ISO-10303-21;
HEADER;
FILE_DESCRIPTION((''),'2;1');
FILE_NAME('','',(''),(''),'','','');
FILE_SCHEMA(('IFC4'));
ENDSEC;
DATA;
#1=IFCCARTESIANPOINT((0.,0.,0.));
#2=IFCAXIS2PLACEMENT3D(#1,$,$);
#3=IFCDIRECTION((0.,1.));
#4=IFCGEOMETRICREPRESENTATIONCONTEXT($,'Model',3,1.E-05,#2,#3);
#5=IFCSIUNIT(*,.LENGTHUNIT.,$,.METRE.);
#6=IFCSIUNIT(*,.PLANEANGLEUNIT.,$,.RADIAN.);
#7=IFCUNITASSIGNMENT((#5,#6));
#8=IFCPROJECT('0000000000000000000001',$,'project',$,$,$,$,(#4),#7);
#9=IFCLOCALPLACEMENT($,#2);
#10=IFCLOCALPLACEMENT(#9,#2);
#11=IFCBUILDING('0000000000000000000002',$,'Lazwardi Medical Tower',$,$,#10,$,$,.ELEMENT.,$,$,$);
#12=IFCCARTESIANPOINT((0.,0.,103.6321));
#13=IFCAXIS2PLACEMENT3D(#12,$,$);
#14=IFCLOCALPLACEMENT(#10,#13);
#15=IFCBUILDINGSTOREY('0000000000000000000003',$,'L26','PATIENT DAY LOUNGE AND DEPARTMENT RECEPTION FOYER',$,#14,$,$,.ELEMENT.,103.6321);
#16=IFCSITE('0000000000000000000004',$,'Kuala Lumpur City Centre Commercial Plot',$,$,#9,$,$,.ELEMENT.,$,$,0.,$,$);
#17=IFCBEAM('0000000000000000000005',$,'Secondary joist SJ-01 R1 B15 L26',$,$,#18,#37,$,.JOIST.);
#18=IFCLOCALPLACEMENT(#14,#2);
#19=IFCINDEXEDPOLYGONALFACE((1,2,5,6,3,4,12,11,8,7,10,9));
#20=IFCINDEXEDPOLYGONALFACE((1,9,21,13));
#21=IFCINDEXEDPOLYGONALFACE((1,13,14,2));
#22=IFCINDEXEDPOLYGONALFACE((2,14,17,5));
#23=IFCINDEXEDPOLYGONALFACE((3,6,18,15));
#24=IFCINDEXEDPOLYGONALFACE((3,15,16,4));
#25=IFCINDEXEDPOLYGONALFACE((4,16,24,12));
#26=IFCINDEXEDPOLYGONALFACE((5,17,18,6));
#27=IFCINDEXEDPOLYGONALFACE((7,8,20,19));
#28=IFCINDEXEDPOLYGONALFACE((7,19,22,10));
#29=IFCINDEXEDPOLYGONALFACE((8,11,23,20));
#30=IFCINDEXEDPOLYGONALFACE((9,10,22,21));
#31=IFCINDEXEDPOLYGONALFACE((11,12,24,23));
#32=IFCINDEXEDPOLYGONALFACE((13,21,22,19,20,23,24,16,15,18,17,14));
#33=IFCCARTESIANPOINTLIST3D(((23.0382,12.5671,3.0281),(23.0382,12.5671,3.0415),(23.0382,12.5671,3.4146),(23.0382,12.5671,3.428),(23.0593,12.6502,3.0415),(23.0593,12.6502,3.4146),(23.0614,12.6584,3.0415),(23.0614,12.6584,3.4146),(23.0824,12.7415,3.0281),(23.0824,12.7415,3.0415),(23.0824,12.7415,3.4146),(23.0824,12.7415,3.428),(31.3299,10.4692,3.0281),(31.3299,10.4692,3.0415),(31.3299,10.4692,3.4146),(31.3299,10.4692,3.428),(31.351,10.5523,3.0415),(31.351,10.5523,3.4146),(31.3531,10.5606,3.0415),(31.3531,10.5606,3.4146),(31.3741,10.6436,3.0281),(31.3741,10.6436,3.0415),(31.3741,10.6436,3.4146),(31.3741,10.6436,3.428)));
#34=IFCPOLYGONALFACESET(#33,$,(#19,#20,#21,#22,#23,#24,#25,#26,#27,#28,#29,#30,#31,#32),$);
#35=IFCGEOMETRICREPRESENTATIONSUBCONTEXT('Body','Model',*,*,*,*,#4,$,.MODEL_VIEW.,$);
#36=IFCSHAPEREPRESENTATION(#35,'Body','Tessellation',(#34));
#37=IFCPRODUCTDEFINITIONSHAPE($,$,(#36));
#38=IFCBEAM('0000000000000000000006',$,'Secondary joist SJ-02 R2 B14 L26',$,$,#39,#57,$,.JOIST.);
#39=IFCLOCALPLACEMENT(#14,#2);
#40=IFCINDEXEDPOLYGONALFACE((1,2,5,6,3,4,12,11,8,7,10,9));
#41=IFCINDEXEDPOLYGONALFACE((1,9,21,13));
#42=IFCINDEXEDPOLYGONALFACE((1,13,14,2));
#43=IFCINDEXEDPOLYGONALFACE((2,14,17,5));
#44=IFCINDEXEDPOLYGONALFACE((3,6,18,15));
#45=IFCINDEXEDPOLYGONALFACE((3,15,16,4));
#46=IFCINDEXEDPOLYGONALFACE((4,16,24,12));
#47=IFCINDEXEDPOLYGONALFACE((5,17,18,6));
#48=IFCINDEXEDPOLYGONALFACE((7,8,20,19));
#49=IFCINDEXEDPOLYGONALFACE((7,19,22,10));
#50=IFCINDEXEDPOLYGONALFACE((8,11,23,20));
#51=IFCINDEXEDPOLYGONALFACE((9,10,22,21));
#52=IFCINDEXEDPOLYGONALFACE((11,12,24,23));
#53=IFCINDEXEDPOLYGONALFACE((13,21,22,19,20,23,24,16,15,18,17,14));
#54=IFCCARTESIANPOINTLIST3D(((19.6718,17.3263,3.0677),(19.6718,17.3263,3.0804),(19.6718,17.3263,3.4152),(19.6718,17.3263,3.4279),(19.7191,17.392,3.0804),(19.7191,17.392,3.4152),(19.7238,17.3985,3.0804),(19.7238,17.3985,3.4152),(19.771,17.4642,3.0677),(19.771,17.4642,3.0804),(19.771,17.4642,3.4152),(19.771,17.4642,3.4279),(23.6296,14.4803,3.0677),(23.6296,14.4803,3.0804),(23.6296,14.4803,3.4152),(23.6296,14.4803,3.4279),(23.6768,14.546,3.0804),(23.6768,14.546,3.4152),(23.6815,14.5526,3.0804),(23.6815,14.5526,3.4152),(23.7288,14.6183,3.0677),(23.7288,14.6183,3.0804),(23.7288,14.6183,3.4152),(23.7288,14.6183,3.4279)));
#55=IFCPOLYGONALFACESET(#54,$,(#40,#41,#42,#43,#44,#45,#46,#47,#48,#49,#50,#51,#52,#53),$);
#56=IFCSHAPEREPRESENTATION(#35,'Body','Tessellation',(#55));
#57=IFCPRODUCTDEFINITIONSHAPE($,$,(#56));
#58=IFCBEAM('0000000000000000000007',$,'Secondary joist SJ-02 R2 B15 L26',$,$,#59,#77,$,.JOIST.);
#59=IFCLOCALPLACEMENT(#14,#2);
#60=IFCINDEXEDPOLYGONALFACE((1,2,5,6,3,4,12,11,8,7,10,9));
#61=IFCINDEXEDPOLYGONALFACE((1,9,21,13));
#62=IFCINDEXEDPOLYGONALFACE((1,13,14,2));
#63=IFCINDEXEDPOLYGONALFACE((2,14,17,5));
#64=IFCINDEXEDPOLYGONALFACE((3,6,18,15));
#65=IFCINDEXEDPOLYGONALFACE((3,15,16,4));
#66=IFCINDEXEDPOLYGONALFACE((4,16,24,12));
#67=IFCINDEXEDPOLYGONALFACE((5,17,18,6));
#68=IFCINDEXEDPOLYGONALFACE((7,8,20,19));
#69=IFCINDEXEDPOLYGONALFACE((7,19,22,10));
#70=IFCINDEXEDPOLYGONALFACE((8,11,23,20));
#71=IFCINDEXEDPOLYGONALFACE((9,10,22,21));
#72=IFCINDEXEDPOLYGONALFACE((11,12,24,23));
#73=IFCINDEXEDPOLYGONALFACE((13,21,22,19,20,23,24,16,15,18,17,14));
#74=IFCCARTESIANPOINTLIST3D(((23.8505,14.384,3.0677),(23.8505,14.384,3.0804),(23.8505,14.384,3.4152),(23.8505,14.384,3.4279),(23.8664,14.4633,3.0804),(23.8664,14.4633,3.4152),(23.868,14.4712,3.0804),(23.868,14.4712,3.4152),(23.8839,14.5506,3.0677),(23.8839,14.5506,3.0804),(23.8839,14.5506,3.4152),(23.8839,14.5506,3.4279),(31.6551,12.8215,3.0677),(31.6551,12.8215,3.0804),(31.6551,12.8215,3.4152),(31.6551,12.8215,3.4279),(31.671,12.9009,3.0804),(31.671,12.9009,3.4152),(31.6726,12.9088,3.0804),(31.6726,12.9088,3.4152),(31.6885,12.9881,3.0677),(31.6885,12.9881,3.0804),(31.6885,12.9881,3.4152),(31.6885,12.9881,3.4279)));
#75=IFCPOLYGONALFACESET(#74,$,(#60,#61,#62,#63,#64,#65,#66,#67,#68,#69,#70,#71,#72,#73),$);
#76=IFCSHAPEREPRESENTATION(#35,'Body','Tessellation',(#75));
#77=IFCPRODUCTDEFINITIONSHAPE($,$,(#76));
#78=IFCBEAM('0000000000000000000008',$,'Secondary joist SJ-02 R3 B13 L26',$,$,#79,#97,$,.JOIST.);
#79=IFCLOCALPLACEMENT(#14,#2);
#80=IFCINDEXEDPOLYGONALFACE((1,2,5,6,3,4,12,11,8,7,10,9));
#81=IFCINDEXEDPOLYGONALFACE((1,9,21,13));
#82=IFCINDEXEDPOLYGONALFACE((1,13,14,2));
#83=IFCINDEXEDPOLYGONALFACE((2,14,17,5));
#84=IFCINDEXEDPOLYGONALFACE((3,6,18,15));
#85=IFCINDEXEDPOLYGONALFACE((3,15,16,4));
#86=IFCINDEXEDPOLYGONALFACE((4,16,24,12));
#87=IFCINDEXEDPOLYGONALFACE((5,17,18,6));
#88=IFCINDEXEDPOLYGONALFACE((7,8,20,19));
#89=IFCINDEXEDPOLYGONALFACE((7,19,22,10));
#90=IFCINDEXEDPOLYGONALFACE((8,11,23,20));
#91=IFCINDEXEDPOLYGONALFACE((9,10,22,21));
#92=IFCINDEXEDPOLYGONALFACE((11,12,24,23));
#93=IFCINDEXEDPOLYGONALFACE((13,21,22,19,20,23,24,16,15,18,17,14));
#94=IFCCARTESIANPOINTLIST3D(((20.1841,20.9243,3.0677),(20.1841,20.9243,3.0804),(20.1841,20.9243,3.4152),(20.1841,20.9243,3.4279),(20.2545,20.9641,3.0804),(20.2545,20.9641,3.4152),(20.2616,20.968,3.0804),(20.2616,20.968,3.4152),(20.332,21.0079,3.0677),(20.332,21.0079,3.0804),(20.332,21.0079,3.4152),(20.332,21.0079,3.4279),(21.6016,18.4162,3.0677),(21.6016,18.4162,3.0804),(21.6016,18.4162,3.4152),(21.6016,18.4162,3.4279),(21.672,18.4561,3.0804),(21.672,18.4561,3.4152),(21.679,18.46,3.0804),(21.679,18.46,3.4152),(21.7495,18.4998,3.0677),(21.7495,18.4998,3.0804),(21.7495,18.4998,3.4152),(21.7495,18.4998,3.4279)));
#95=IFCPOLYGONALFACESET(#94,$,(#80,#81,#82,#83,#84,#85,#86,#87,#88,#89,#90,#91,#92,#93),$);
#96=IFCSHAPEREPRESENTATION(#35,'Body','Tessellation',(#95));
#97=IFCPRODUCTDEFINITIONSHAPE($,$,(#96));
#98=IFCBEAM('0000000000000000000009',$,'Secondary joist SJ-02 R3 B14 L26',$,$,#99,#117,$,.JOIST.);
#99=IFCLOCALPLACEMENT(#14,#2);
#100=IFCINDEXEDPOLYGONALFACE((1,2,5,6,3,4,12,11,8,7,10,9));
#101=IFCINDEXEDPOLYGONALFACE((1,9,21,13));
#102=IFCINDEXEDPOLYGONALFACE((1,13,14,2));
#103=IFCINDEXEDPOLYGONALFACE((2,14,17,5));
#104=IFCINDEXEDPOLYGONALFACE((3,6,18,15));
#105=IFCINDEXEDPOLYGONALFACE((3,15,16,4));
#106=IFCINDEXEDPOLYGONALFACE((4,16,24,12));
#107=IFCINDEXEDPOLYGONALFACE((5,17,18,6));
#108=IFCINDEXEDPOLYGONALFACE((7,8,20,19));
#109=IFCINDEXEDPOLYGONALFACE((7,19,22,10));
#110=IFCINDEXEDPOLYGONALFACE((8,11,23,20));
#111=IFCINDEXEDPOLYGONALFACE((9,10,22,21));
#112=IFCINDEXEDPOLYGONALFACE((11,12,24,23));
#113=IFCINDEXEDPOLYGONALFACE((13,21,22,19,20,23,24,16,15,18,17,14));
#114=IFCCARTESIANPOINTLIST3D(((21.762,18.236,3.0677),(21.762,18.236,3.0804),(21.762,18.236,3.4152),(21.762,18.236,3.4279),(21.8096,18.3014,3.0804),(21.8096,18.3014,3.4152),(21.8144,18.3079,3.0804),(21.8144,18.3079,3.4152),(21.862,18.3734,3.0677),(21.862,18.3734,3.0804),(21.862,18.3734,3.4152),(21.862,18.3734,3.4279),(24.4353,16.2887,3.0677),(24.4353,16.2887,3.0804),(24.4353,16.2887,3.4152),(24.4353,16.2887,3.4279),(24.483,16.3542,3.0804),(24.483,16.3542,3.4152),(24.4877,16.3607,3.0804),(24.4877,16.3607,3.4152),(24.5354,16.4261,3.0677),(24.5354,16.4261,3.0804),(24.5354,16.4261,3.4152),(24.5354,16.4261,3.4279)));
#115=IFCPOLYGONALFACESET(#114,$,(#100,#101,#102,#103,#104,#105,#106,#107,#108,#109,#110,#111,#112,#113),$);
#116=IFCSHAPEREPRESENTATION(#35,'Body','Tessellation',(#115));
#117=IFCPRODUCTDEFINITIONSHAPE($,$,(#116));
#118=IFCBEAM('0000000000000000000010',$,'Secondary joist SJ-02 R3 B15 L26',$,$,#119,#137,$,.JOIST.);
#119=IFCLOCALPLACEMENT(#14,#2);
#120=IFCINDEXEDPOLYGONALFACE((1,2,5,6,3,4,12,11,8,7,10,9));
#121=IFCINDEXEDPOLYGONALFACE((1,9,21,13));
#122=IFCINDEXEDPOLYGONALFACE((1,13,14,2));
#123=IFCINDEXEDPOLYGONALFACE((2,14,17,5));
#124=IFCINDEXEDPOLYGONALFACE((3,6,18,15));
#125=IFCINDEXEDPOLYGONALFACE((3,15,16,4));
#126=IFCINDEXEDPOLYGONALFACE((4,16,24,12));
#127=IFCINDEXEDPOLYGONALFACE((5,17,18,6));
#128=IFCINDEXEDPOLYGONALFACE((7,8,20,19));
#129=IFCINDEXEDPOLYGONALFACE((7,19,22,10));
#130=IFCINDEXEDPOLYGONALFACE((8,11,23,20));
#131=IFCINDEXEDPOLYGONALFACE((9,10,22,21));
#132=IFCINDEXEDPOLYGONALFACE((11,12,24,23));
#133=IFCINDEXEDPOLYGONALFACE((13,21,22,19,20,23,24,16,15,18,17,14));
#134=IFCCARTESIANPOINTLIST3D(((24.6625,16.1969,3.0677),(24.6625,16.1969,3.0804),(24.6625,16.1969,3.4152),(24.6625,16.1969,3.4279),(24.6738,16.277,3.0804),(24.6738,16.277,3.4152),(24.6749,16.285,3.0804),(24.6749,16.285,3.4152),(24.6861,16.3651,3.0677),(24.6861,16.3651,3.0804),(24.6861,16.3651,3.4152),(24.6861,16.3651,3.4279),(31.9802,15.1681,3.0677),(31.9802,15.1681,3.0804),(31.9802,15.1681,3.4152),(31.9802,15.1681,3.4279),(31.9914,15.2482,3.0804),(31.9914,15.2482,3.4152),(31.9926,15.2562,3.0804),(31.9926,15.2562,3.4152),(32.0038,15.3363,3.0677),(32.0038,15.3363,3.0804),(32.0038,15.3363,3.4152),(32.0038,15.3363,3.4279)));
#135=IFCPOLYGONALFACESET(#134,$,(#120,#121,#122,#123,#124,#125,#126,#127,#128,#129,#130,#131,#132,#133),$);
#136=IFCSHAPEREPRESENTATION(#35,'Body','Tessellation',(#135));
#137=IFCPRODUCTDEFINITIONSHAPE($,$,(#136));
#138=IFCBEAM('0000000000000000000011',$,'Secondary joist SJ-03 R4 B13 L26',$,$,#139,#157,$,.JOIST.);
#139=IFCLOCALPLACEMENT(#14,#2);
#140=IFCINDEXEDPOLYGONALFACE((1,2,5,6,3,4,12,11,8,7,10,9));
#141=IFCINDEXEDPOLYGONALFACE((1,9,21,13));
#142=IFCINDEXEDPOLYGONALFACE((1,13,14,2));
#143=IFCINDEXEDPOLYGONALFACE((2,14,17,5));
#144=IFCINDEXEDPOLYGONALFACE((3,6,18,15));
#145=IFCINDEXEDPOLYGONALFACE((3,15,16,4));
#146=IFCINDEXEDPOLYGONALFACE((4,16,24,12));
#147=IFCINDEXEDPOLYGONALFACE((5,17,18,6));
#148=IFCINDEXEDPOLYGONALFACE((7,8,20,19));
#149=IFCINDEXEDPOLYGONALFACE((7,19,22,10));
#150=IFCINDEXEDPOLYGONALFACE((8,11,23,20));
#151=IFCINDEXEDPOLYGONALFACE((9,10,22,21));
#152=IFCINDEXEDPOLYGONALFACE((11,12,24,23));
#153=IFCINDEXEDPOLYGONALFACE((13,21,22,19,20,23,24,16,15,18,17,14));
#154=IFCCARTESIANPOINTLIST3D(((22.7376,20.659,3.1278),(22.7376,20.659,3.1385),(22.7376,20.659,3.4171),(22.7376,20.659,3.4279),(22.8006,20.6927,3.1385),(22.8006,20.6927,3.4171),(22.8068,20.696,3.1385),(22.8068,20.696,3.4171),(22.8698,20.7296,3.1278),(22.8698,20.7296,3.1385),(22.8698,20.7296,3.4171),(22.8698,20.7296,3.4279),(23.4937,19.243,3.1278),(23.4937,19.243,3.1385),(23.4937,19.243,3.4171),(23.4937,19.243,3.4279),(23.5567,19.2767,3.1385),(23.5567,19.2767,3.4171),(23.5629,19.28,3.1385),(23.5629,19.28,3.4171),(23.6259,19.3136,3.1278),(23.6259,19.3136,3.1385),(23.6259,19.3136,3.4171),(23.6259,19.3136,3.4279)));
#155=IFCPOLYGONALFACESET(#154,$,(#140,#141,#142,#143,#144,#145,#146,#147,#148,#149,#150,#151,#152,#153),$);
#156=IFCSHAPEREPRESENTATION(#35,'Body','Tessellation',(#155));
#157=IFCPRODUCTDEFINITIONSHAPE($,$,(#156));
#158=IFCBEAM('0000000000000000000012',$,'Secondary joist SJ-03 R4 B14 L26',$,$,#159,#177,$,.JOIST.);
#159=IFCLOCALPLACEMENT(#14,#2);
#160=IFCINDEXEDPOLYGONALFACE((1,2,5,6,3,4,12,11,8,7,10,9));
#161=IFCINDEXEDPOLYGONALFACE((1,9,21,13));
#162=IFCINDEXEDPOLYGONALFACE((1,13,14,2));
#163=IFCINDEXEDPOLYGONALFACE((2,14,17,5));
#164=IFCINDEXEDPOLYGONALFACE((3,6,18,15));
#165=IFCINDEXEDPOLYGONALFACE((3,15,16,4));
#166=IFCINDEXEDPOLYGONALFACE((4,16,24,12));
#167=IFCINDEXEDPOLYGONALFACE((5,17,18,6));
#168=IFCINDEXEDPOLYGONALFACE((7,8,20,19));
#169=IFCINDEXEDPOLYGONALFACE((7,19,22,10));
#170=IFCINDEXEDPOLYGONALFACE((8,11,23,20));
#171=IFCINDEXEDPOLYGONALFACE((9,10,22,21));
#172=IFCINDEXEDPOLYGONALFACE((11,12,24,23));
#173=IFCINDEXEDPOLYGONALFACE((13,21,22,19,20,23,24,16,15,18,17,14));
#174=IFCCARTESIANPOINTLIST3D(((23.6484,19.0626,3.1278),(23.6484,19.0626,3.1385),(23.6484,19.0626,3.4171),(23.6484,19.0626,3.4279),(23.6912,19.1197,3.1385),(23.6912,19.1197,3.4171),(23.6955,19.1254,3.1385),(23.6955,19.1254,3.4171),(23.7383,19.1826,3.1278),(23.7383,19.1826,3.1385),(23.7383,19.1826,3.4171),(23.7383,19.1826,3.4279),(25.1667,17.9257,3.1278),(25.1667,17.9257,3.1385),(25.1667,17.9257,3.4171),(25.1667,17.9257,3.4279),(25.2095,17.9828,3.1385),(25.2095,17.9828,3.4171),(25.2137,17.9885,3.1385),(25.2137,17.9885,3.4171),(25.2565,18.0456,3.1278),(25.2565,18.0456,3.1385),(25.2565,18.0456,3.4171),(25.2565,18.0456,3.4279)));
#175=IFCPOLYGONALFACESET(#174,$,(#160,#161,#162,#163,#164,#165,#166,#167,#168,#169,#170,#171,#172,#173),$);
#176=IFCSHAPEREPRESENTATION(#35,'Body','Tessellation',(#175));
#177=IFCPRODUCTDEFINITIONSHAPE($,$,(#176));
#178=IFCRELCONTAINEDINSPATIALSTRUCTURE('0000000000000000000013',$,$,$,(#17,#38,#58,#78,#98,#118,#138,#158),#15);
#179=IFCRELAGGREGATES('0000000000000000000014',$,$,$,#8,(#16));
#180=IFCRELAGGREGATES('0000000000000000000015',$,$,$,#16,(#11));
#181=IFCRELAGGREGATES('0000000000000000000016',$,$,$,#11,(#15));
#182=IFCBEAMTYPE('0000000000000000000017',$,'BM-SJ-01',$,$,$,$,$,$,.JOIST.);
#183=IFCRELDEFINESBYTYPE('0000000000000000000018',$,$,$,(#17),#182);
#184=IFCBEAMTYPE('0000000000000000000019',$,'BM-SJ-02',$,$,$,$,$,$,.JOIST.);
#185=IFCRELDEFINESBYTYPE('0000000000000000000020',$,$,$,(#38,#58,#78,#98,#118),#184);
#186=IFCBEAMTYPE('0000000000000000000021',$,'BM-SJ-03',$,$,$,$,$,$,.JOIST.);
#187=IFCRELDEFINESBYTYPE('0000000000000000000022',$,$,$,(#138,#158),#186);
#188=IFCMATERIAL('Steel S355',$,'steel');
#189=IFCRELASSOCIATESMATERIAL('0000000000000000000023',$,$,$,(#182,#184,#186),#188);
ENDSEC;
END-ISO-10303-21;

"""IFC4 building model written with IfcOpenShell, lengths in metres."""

from ifc_helpers import new_model, si_unit, direction, frame, origin, origin_2d, place, context, subcontext, project, spatial, i_section, extrude, material, material_profile, profile_set, type_object, element, save


model = new_model("IFC4")

# Units and contexts
model_context = context("Model", 3, precision=1e-05, world=origin(), true_north=direction((0.0, 1.0)))
body_context = subcontext(model_context, "Body", "Model", "MODEL_VIEW")
ifc_project = project(units=[si_unit("LENGTHUNIT", "METRE"), si_unit("PLANEANGLEUNIT", "RADIAN")], contexts=[model_context])

# Site, building, storey
site_placement = place(None, origin())
site = spatial("IfcSite", under=ifc_project, at=site_placement, Name="Kuala Lumpur City Centre Commercial Plot", CompositionType="ELEMENT", RefElevation=0.0)
building_placement = place(site_placement, origin())
building = spatial("IfcBuilding", under=site, at=building_placement, Name="Lazwardi Medical Tower", CompositionType="ELEMENT")
storey_placement = place(building_placement, frame((0.0, 0.0, 103.6321)))
storey = spatial("IfcBuildingStorey", under=building, at=storey_placement, Name="L26", Description="PATIENT DAY LOUNGE AND DEPARTMENT RECEPTION FOYER", CompositionType="ELEMENT", Elevation=103.6321)

# Beams
ifc_material_1 = material(Name="Steel S355", Category="steel")
ifc_material_profile_1 = material_profile(ifc_material_1, i_section(OverallWidth=0.1799, OverallDepth=0.3999, WebThickness=0.0085, FlangeThickness=0.0134, at=origin_2d()), Name="IPE 400")
ifc_profile_set_1 = profile_set([ifc_material_profile_1], Name="Steel S355")
beam_type_1 = type_object("IfcBeamType", Name="BM-SJ-01", PredefinedType="JOIST", material=ifc_profile_set_1)
beam_1_placement = place(storey_placement, frame((23.0603, 12.6543, 3.228), z_axis=(0.969452, -0.245282, 0.0), x_axis=(0.245282, 0.969452, 0.0)))
element("IfcBeam", 1, at=beam_1_placement, inside=storey, type_object=beam_type_1, Name="Secondary joist SJ-01 R1 B15 L26", PredefinedType="JOIST", context=body_context, shape_type="SweptSolid", body=[
    extrude(i_section(OverallWidth=0.1799, OverallDepth=0.3999, WebThickness=0.0085, FlangeThickness=0.0134, at=origin_2d()), origin(), (0.0, 0.0, 1.0), 8.553),
])
ifc_material_profile_2 = material_profile(ifc_material_1, i_section(OverallWidth=0.1699, OverallDepth=0.3601, WebThickness=0.0081, FlangeThickness=0.0127, at=origin_2d()), Name="IPE 360")
ifc_profile_set_2 = profile_set([ifc_material_profile_2], Name="Steel S355")
beam_type_2 = type_object("IfcBeamType", Name="BM-SJ-02", PredefinedType="JOIST", material=ifc_profile_set_2)
beam_2_placement = place(storey_placement, frame((19.7214, 17.3953, 3.2478), z_axis=(0.811889, -0.583813, 0.0), x_axis=(0.583813, 0.811889, 0.0)))
element("IfcBeam", 2, at=beam_2_placement, inside=storey, type_object=beam_type_2, Name="Secondary joist SJ-02 R2 B14 L26", PredefinedType="JOIST", context=body_context, shape_type="SweptSolid", body=[
    extrude(i_section(OverallWidth=0.1699, OverallDepth=0.3601, WebThickness=0.0081, FlangeThickness=0.0127, at=origin_2d()), origin(), (0.0, 0.0, 1.0), 4.8748),
])
beam_3_placement = place(storey_placement, frame((23.8672, 14.4673, 3.2478), z_axis=(0.980543, -0.196305, 0.0), x_axis=(0.196305, 0.980543, 0.0)))
element("IfcBeam", 3, at=beam_3_placement, inside=storey, type_object=beam_type_2, Name="Secondary joist SJ-02 R2 B15 L26", PredefinedType="JOIST", context=body_context, shape_type="SweptSolid", body=[
    extrude(i_section(OverallWidth=0.1699, OverallDepth=0.3601, WebThickness=0.0081, FlangeThickness=0.0127, at=origin_2d()), origin(), (0.0, 0.0, 1.0), 7.9595),
])
beam_4_placement = place(storey_placement, frame((20.2581, 20.9661, 3.2478), z_axis=(0.492027, -0.87058, 0.0), x_axis=(0.87058, 0.492027, 0.0)))
element("IfcBeam", 4, at=beam_4_placement, inside=storey, type_object=beam_type_2, Name="Secondary joist SJ-02 R3 B13 L26", PredefinedType="JOIST", context=body_context, shape_type="SweptSolid", body=[
    extrude(i_section(OverallWidth=0.1699, OverallDepth=0.3601, WebThickness=0.0081, FlangeThickness=0.0127, at=origin_2d()), origin(), (0.0, 0.0, 1.0), 2.8809),
])
beam_5_placement = place(storey_placement, frame((21.812, 18.3047, 3.2478), z_axis=(0.808302, -0.588768, 0.0), x_axis=(0.588768, 0.808302, 0.0)))
element("IfcBeam", 5, at=beam_5_placement, inside=storey, type_object=beam_type_2, Name="Secondary joist SJ-02 R3 B14 L26", PredefinedType="JOIST", context=body_context, shape_type="SweptSolid", body=[
    extrude(i_section(OverallWidth=0.1699, OverallDepth=0.3601, WebThickness=0.0081, FlangeThickness=0.0127, at=origin_2d()), origin(), (0.0, 0.0, 1.0), 3.3074),
])
beam_6_placement = place(storey_placement, frame((24.6743, 16.281, 3.2478), z_axis=(0.990261, -0.139224, 0.0), x_axis=(0.139224, 0.990261, 0.0)))
element("IfcBeam", 6, at=beam_6_placement, inside=storey, type_object=beam_type_2, Name="Secondary joist SJ-02 R3 B15 L26", PredefinedType="JOIST", context=body_context, shape_type="SweptSolid", body=[
    extrude(i_section(OverallWidth=0.1699, OverallDepth=0.3601, WebThickness=0.0081, FlangeThickness=0.0127, at=origin_2d()), origin(), (0.0, 0.0, 1.0), 7.3896),
])
ifc_material_profile_3 = material_profile(ifc_material_1, i_section(OverallWidth=0.1499, OverallDepth=0.3, WebThickness=0.0071, FlangeThickness=0.0107, at=origin_2d()), Name="IPE 300")
ifc_profile_set_3 = profile_set([ifc_material_profile_3], Name="Steel S355")
beam_type_3 = type_object("IfcBeamType", Name="BM-SJ-03", PredefinedType="JOIST", material=ifc_profile_set_3)
beam_7_placement = place(storey_placement, frame((22.8037, 20.6943, 3.2778), z_axis=(0.471022, -0.882121, 0.0), x_axis=(0.882121, 0.471022, 0.0)))
element("IfcBeam", 7, at=beam_7_placement, inside=storey, type_object=beam_type_3, Name="Secondary joist SJ-03 R4 B13 L26", PredefinedType="JOIST", context=body_context, shape_type="SweptSolid", body=[
    extrude(i_section(OverallWidth=0.1499, OverallDepth=0.3, WebThickness=0.0071, FlangeThickness=0.0107, at=origin_2d()), origin(), (0.0, 0.0, 1.0), 1.6052),
])
beam_8_placement = place(storey_placement, frame((23.6934, 19.1226, 3.2778), z_axis=(0.800448, -0.599403, 0.0), x_axis=(0.599403, 0.800448, 0.0)))
element("IfcBeam", 8, at=beam_8_placement, inside=storey, type_object=beam_type_3, Name="Secondary joist SJ-03 R4 B14 L26", PredefinedType="JOIST", context=body_context, shape_type="SweptSolid", body=[
    extrude(i_section(OverallWidth=0.1499, OverallDepth=0.3, WebThickness=0.0071, FlangeThickness=0.0107, at=origin_2d()), origin(), (0.0, 0.0, 1.0), 1.8967),
])

save(model, "model.ifc")
